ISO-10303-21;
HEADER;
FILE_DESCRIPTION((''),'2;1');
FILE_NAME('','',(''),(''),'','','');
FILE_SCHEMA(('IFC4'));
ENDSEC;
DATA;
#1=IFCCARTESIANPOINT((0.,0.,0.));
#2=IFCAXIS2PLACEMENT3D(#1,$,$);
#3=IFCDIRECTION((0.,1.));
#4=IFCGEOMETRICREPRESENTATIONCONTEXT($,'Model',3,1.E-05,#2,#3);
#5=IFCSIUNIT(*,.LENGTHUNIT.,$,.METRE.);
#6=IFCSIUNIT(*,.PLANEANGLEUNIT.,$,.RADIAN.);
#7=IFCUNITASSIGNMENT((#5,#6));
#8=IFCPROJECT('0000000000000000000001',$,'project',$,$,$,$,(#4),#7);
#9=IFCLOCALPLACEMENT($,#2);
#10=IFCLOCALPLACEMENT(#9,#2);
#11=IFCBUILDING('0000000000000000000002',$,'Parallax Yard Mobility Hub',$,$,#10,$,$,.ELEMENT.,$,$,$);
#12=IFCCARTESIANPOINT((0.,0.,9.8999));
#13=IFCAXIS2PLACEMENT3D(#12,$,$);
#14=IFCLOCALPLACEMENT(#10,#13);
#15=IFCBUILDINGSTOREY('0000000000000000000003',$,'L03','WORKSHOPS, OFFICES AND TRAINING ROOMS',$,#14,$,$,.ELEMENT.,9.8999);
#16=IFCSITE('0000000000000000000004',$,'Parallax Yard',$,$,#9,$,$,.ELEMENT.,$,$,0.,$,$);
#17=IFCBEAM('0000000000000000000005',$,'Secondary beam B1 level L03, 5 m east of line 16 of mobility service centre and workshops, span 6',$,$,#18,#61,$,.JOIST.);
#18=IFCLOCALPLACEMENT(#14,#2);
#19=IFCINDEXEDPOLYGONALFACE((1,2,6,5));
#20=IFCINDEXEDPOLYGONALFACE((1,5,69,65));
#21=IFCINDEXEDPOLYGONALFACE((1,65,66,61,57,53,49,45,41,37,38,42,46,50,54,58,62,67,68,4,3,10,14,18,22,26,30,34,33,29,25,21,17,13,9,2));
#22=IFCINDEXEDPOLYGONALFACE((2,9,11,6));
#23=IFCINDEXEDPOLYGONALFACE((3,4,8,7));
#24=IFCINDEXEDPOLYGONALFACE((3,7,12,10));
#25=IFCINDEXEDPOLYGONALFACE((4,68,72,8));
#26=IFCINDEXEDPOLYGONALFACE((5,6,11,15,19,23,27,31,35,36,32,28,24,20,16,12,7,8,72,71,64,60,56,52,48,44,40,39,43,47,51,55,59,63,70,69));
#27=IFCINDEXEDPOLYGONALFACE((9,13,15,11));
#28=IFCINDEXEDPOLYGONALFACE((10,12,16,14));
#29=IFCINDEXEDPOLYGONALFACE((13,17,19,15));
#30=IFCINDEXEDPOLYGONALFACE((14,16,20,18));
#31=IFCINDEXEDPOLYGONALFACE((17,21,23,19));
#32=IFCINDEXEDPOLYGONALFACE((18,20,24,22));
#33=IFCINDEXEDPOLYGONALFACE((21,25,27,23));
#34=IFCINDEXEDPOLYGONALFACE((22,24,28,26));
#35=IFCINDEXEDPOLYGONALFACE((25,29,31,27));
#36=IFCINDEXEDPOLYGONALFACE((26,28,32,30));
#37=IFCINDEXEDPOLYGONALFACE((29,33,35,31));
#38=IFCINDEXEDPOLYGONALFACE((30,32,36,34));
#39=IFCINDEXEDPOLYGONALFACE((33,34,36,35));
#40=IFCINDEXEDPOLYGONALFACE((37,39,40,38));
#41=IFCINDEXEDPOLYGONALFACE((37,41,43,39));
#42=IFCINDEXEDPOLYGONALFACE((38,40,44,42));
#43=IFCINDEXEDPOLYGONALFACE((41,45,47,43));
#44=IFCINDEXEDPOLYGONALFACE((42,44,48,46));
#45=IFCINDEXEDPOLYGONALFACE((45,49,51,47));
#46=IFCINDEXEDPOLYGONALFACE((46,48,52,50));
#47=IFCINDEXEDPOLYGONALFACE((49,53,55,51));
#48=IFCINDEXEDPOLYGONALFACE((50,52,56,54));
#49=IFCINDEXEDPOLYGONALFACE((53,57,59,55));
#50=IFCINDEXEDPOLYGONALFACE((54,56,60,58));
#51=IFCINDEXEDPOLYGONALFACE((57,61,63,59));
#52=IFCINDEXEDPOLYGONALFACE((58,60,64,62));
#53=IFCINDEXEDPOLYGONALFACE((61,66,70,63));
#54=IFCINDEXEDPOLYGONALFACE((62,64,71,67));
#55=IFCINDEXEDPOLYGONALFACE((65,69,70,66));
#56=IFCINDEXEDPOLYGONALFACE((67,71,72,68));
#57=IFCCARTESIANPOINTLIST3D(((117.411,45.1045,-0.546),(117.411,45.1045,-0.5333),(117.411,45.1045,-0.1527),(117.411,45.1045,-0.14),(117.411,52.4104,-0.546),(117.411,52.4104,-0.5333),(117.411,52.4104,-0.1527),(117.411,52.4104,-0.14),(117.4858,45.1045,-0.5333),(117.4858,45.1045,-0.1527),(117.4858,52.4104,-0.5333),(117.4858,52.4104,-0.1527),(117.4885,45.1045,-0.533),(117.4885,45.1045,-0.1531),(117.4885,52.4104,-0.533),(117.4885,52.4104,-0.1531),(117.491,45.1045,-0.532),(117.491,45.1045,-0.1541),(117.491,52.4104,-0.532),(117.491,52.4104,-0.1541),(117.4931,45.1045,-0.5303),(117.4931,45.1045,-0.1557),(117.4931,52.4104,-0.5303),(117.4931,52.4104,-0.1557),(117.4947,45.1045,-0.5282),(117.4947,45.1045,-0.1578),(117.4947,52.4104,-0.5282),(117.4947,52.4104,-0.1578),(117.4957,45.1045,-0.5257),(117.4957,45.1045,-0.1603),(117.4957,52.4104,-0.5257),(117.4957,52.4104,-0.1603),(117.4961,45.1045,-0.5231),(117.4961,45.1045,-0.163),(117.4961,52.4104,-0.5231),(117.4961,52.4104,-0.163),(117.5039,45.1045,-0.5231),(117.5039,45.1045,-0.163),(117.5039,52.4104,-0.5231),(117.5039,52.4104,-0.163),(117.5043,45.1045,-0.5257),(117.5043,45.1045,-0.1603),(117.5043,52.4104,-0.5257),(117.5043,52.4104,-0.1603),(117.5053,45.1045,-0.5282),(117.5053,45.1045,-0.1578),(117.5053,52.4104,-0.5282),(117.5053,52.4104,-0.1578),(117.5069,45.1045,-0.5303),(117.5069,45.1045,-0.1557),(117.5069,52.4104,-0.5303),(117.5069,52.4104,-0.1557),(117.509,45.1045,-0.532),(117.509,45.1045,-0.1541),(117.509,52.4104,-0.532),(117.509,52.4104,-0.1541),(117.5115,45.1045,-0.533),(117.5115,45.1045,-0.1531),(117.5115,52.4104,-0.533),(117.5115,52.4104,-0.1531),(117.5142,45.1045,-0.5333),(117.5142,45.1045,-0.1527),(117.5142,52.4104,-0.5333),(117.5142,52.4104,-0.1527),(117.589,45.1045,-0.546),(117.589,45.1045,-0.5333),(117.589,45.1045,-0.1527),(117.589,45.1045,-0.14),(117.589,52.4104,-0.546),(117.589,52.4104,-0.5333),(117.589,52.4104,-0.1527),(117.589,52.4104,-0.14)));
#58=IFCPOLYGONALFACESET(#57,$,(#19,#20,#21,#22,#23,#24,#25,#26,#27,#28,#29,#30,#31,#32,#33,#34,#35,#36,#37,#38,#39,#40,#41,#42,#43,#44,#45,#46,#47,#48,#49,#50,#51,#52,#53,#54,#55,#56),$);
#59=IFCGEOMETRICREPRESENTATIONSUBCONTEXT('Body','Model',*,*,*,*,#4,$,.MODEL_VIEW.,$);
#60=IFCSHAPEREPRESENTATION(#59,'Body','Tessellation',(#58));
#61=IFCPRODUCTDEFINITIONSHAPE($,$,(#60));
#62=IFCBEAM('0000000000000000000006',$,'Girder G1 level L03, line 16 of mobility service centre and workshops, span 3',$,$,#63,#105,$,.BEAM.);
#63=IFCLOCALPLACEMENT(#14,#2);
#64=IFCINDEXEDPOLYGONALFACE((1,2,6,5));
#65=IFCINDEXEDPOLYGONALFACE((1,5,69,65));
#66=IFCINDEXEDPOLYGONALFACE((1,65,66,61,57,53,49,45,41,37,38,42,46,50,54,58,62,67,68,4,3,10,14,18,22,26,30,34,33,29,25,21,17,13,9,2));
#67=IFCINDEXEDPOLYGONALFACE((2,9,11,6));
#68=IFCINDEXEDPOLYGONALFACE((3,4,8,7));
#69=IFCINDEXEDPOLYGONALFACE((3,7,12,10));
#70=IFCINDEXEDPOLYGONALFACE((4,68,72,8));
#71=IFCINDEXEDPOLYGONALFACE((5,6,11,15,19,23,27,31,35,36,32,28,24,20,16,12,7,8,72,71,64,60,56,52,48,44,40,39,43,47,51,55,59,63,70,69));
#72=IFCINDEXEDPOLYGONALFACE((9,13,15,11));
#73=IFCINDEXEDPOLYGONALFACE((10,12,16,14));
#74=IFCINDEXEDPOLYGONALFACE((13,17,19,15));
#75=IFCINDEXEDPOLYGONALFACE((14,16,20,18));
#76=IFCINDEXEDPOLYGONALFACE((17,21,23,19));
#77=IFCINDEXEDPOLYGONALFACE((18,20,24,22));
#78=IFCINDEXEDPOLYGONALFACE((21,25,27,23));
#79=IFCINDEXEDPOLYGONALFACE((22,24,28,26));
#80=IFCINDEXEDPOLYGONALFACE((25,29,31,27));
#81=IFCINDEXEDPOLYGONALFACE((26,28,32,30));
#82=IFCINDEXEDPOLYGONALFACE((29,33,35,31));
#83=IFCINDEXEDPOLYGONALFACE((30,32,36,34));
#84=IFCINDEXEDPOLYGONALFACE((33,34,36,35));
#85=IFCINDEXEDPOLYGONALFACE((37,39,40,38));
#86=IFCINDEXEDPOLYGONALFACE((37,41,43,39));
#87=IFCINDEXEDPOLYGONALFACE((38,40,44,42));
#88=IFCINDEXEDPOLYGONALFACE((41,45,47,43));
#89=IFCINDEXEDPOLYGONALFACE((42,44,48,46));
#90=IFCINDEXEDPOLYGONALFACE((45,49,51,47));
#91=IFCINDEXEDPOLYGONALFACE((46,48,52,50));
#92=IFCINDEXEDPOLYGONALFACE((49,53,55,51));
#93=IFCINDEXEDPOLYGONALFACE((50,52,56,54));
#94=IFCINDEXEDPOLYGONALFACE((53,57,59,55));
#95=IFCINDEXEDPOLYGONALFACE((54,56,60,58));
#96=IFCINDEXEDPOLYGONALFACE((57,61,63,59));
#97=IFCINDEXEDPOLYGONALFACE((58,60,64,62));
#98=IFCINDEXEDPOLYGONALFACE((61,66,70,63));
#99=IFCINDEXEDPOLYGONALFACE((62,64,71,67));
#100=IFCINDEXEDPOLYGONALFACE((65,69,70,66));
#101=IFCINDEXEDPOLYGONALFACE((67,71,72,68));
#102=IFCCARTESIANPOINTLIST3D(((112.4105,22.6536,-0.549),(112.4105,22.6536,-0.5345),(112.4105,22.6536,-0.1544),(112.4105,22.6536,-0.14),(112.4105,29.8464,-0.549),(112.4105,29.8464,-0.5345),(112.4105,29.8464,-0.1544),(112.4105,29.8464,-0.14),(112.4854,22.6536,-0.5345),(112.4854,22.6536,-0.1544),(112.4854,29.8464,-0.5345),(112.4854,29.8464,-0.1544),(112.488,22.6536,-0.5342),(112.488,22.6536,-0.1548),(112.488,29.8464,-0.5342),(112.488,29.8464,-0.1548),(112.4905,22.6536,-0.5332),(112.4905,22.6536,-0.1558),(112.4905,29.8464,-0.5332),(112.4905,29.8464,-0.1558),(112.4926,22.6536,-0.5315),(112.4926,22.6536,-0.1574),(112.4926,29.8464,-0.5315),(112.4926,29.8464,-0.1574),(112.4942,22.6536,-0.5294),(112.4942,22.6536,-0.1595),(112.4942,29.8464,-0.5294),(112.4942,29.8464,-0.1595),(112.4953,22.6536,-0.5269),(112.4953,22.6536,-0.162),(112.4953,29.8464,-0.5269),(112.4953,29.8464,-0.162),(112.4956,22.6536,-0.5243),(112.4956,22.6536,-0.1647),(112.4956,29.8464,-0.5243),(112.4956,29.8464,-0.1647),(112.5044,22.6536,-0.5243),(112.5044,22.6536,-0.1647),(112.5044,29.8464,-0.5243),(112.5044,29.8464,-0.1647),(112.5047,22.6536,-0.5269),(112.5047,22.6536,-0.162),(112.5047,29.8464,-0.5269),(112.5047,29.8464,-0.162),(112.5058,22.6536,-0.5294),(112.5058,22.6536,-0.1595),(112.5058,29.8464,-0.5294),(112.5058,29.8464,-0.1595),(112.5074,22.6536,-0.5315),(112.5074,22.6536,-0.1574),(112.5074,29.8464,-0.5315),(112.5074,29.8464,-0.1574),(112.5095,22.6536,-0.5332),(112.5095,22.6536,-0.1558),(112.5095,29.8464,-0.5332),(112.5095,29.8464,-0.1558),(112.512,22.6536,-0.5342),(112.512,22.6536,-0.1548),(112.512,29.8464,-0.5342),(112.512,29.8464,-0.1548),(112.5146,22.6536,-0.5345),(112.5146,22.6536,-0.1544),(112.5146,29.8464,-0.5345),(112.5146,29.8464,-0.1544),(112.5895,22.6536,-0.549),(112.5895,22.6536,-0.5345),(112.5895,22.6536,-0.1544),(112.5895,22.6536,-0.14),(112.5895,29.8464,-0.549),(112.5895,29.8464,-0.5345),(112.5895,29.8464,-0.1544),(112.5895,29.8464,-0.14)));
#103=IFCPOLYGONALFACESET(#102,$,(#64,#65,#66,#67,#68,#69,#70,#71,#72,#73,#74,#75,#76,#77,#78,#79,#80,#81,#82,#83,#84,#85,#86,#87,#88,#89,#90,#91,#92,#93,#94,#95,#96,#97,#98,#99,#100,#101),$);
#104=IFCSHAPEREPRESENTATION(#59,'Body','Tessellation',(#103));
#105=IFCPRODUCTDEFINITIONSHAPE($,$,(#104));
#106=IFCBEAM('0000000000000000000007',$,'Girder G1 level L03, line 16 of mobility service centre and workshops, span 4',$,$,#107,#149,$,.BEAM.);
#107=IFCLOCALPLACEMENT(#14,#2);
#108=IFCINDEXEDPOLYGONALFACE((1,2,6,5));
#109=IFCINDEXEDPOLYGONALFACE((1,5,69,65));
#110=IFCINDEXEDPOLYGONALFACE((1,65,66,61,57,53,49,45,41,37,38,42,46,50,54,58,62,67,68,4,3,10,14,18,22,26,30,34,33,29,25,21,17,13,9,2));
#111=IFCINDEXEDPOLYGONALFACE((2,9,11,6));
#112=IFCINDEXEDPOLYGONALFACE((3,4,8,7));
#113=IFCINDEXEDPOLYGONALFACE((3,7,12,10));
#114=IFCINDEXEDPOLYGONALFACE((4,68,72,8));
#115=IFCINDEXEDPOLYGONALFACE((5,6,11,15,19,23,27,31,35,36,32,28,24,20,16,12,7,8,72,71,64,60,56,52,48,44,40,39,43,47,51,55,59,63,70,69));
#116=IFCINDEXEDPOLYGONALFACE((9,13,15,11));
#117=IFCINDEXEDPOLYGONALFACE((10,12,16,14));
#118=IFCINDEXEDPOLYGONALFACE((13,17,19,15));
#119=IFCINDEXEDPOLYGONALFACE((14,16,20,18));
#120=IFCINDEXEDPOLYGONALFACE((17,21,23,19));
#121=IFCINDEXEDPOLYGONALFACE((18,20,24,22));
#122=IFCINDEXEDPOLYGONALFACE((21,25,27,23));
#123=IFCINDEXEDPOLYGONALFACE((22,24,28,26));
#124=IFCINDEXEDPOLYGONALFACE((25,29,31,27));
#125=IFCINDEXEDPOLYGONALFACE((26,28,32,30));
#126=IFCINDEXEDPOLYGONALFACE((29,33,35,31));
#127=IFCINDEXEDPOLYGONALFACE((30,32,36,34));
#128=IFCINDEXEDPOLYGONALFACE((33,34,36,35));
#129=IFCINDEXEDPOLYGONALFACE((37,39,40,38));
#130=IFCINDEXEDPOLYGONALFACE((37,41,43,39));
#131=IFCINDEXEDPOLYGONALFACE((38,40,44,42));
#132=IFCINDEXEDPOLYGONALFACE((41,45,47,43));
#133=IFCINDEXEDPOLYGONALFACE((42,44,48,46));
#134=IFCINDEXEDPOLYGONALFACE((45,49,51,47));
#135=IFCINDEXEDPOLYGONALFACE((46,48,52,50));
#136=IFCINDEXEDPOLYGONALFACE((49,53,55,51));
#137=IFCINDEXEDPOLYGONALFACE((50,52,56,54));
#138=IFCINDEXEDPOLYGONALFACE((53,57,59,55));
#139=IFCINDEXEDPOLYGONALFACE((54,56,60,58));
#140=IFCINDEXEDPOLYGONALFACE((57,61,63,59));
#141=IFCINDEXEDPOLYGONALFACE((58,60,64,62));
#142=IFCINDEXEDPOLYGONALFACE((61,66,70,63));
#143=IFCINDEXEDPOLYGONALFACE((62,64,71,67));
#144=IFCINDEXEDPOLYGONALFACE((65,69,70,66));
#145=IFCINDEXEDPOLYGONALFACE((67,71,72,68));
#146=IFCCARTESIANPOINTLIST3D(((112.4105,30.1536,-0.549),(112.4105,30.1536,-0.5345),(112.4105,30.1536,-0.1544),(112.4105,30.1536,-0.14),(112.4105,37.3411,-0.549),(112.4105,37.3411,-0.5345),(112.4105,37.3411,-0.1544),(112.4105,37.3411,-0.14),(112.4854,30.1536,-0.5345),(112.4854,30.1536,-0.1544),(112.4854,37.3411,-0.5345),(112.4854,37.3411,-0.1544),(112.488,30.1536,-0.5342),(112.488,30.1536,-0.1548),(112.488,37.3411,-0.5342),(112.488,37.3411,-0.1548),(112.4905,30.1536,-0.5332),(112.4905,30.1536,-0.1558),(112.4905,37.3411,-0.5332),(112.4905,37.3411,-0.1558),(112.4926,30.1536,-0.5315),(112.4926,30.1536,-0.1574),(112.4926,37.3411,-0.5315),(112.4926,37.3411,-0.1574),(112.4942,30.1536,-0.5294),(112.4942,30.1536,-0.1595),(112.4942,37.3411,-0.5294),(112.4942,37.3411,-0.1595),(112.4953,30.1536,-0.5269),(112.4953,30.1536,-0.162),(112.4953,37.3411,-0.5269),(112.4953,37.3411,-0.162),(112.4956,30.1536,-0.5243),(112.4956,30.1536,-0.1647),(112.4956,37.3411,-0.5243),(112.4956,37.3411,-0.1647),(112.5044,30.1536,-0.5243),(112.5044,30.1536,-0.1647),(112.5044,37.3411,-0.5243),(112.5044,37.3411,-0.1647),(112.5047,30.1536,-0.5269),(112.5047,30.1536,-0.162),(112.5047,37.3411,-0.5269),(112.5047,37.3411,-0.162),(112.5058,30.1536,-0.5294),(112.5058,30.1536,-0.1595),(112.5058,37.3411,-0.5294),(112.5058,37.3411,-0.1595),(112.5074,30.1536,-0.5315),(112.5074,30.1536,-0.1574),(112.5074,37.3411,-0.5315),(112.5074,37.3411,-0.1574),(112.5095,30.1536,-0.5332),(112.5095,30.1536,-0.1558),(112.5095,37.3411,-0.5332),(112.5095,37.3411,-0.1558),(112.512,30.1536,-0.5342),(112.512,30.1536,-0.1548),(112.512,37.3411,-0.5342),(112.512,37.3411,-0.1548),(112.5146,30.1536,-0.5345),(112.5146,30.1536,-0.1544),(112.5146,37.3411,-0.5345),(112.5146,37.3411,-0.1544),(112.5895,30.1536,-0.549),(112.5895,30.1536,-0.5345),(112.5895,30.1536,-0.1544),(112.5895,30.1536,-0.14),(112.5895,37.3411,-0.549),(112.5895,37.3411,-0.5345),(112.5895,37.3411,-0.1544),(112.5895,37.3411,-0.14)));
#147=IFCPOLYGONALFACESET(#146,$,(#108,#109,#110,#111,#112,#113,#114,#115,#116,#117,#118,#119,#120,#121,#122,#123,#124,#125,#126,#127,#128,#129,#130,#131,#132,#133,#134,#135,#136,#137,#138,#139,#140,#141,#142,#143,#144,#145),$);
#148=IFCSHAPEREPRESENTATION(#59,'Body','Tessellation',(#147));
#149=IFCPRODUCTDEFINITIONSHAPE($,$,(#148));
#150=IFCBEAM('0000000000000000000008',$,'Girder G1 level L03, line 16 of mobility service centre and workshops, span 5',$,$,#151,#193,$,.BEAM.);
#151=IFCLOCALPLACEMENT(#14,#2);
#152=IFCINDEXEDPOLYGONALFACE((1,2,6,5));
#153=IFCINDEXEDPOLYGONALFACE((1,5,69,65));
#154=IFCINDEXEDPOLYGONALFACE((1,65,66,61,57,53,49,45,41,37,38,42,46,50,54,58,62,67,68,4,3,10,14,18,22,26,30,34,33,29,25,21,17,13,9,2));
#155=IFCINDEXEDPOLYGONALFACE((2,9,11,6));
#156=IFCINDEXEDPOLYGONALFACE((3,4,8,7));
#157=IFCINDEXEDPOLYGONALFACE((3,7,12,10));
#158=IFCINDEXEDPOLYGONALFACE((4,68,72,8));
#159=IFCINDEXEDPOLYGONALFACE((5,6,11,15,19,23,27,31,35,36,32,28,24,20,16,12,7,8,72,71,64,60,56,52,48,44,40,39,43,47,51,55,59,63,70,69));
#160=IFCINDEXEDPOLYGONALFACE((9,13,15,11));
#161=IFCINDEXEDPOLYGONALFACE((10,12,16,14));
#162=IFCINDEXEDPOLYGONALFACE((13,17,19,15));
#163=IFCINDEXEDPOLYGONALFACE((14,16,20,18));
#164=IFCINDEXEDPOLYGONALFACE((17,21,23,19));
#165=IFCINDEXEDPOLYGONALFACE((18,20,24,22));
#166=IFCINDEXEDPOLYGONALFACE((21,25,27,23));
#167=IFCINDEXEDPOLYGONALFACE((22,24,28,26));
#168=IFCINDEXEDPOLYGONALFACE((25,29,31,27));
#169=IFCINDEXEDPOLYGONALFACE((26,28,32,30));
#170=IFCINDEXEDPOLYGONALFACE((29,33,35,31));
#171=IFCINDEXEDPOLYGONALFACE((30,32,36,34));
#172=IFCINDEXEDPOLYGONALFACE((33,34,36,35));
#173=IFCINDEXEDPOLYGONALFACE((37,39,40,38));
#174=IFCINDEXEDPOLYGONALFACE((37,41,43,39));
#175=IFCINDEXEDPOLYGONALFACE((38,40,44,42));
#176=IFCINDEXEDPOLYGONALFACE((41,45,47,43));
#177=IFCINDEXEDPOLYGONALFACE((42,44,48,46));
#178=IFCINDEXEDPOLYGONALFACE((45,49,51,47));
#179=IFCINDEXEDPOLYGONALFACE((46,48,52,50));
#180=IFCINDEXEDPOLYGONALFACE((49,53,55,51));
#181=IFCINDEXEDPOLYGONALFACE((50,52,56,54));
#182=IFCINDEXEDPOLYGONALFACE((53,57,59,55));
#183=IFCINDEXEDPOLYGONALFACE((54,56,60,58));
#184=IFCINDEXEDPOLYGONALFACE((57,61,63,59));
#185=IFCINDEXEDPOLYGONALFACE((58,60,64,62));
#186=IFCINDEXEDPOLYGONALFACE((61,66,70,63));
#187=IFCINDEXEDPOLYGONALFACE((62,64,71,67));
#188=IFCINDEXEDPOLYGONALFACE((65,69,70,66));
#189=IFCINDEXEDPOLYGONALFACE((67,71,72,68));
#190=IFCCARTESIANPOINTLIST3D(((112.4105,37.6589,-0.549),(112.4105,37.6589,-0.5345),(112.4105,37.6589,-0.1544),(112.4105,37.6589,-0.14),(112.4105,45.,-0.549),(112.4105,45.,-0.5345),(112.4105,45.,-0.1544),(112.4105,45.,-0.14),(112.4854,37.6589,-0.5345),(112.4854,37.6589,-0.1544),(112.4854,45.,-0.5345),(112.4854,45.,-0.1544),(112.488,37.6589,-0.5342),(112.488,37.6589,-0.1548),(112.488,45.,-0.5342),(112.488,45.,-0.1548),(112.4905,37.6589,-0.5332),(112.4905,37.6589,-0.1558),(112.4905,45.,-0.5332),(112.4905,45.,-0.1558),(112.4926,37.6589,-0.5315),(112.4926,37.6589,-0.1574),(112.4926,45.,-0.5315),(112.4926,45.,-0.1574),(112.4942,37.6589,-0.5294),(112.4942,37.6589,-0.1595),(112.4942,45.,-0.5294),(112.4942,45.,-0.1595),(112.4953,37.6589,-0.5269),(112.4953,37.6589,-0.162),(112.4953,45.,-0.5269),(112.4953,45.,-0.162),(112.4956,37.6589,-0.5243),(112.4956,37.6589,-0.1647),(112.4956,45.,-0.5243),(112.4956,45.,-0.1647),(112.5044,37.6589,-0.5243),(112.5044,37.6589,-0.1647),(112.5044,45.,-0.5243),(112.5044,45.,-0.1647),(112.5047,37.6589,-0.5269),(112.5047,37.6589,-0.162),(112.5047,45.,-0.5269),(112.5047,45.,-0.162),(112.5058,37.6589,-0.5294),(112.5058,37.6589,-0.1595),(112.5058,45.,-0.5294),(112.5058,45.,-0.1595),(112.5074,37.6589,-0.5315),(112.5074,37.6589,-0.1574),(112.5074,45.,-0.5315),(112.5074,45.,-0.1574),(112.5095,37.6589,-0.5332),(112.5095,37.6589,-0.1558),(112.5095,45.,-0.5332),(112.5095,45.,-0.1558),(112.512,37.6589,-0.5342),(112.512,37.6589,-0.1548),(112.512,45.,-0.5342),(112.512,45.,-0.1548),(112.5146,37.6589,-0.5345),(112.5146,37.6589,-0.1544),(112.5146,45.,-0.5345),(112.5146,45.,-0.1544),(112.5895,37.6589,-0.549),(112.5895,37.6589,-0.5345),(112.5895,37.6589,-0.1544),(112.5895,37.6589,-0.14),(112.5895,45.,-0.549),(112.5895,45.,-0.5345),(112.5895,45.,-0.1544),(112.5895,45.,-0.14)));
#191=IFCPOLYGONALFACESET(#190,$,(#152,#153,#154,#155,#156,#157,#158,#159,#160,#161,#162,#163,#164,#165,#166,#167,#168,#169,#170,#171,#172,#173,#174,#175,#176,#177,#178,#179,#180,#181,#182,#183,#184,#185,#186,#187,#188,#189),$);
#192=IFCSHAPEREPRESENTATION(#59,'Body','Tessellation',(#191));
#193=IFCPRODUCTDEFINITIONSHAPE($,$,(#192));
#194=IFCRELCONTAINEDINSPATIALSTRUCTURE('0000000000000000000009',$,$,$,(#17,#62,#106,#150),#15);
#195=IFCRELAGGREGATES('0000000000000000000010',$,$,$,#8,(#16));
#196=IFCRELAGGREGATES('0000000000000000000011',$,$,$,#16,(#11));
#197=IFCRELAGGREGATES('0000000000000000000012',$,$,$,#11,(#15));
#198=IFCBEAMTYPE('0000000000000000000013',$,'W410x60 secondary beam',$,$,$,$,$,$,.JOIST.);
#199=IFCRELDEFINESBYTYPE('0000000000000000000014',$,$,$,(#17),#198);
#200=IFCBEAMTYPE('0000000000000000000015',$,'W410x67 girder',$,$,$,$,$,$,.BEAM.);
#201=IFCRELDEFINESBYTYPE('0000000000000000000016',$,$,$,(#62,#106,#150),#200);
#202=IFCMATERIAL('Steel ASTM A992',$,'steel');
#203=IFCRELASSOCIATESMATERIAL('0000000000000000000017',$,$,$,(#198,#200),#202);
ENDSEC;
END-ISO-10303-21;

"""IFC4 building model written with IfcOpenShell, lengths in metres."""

from ifc_helpers import new_model, si_unit, direction, frame, origin, origin_2d, place, context, subcontext, project, spatial, i_section, extrude, material, material_profile, profile_set, type_object, element, save


model = new_model("IFC4")

# Units and contexts
model_context = context("Model", 3, precision=1e-05, world=origin(), true_north=direction((0.0, 1.0)))
body_context = subcontext(model_context, "Body", "Model", "MODEL_VIEW")
ifc_project = project(units=[si_unit("LENGTHUNIT", "METRE"), si_unit("PLANEANGLEUNIT", "RADIAN")], contexts=[model_context])

# Site, building, storey
site_placement = place(None, origin())
site = spatial("IfcSite", under=ifc_project, at=site_placement, Name="Parallax Yard", CompositionType="ELEMENT", RefElevation=0.0)
building_placement = place(site_placement, origin())
building = spatial("IfcBuilding", under=site, at=building_placement, Name="Parallax Yard Mobility Hub", CompositionType="ELEMENT")
storey_placement = place(building_placement, frame((0.0, 0.0, 9.8999)))
storey = spatial("IfcBuildingStorey", under=building, at=storey_placement, Name="L03", Description="WORKSHOPS, OFFICES AND TRAINING ROOMS", CompositionType="ELEMENT", Elevation=9.8999)

# Shared definitions
ifc_material_1 = material(Name="Steel ASTM A992", Category="steel")

# Beams
ifc_material_profile_1 = material_profile(ifc_material_1, i_section(OverallWidth=0.178, OverallDepth=0.406, WebThickness=0.0078, FlangeThickness=0.0127, FilletRadius=0.0103, at=origin_2d()), Name="W410x60")
ifc_profile_set_1 = profile_set([ifc_material_profile_1], Name="Steel ASTM A992")
beam_type_1 = type_object("IfcBeamType", Name="W410x60 secondary beam", PredefinedType="JOIST", material=ifc_profile_set_1)
beam_1_placement = place(storey_placement, frame((117.5, 45.1045, -0.343), z_axis=(0.0, 1.0, 0.0), x_axis=(-1.0, 0.0, 0.0)))
element("IfcBeam", 1, at=beam_1_placement, inside=storey, type_object=beam_type_1, Name="Secondary beam B1 level L03, 5 m east of line 16 of mobility service centre and workshops, span 6", PredefinedType="JOIST", context=body_context, shape_type="SweptSolid", body=[
    extrude(i_section(OverallWidth=0.178, OverallDepth=0.406, WebThickness=0.0078, FlangeThickness=0.0127, FilletRadius=0.0103, at=origin_2d()), origin(), (0.0, 0.0, 1.0), 7.3059),
])
ifc_material_profile_2 = material_profile(ifc_material_1, i_section(OverallWidth=0.179, OverallDepth=0.4089, WebThickness=0.0088, FlangeThickness=0.0144, FilletRadius=0.0103, at=origin_2d()), Name="W410x67")
ifc_profile_set_2 = profile_set([ifc_material_profile_2], Name="Steel ASTM A992")
beam_type_2 = type_object("IfcBeamType", Name="W410x67 girder", PredefinedType="BEAM", material=ifc_profile_set_2)
beam_2_placement = place(storey_placement, frame((112.5, 22.6536, -0.3445), z_axis=(0.0, 1.0, 0.0), x_axis=(-1.0, 0.0, 0.0)))
element("IfcBeam", 2, at=beam_2_placement, inside=storey, type_object=beam_type_2, Name="Girder G1 level L03, line 16 of mobility service centre and workshops, span 3", PredefinedType="BEAM", context=body_context, shape_type="SweptSolid", body=[
    extrude(i_section(OverallWidth=0.179, OverallDepth=0.4089, WebThickness=0.0088, FlangeThickness=0.0144, FilletRadius=0.0103, at=origin_2d()), origin(), (0.0, 0.0, 1.0), 7.1929),
])
beam_3_placement = place(storey_placement, frame((112.5, 30.1536, -0.3445), z_axis=(0.0, 1.0, 0.0), x_axis=(-1.0, 0.0, 0.0)))
element("IfcBeam", 3, at=beam_3_placement, inside=storey, type_object=beam_type_2, Name="Girder G1 level L03, line 16 of mobility service centre and workshops, span 4", PredefinedType="BEAM", context=body_context, shape_type="SweptSolid", body=[
    extrude(i_section(OverallWidth=0.179, OverallDepth=0.4089, WebThickness=0.0088, FlangeThickness=0.0144, FilletRadius=0.0103, at=origin_2d()), origin(), (0.0, 0.0, 1.0), 7.1875),
])
beam_4_placement = place(storey_placement, frame((112.5, 37.6589, -0.3445), z_axis=(0.0, 1.0, 0.0), x_axis=(-1.0, 0.0, 0.0)))
element("IfcBeam", 4, at=beam_4_placement, inside=storey, type_object=beam_type_2, Name="Girder G1 level L03, line 16 of mobility service centre and workshops, span 5", PredefinedType="BEAM", context=body_context, shape_type="SweptSolid", body=[
    extrude(i_section(OverallWidth=0.179, OverallDepth=0.4089, WebThickness=0.0088, FlangeThickness=0.0144, FilletRadius=0.0103, at=origin_2d()), origin(), (0.0, 0.0, 1.0), 7.3411),
])

save(model, "model.ifc")
